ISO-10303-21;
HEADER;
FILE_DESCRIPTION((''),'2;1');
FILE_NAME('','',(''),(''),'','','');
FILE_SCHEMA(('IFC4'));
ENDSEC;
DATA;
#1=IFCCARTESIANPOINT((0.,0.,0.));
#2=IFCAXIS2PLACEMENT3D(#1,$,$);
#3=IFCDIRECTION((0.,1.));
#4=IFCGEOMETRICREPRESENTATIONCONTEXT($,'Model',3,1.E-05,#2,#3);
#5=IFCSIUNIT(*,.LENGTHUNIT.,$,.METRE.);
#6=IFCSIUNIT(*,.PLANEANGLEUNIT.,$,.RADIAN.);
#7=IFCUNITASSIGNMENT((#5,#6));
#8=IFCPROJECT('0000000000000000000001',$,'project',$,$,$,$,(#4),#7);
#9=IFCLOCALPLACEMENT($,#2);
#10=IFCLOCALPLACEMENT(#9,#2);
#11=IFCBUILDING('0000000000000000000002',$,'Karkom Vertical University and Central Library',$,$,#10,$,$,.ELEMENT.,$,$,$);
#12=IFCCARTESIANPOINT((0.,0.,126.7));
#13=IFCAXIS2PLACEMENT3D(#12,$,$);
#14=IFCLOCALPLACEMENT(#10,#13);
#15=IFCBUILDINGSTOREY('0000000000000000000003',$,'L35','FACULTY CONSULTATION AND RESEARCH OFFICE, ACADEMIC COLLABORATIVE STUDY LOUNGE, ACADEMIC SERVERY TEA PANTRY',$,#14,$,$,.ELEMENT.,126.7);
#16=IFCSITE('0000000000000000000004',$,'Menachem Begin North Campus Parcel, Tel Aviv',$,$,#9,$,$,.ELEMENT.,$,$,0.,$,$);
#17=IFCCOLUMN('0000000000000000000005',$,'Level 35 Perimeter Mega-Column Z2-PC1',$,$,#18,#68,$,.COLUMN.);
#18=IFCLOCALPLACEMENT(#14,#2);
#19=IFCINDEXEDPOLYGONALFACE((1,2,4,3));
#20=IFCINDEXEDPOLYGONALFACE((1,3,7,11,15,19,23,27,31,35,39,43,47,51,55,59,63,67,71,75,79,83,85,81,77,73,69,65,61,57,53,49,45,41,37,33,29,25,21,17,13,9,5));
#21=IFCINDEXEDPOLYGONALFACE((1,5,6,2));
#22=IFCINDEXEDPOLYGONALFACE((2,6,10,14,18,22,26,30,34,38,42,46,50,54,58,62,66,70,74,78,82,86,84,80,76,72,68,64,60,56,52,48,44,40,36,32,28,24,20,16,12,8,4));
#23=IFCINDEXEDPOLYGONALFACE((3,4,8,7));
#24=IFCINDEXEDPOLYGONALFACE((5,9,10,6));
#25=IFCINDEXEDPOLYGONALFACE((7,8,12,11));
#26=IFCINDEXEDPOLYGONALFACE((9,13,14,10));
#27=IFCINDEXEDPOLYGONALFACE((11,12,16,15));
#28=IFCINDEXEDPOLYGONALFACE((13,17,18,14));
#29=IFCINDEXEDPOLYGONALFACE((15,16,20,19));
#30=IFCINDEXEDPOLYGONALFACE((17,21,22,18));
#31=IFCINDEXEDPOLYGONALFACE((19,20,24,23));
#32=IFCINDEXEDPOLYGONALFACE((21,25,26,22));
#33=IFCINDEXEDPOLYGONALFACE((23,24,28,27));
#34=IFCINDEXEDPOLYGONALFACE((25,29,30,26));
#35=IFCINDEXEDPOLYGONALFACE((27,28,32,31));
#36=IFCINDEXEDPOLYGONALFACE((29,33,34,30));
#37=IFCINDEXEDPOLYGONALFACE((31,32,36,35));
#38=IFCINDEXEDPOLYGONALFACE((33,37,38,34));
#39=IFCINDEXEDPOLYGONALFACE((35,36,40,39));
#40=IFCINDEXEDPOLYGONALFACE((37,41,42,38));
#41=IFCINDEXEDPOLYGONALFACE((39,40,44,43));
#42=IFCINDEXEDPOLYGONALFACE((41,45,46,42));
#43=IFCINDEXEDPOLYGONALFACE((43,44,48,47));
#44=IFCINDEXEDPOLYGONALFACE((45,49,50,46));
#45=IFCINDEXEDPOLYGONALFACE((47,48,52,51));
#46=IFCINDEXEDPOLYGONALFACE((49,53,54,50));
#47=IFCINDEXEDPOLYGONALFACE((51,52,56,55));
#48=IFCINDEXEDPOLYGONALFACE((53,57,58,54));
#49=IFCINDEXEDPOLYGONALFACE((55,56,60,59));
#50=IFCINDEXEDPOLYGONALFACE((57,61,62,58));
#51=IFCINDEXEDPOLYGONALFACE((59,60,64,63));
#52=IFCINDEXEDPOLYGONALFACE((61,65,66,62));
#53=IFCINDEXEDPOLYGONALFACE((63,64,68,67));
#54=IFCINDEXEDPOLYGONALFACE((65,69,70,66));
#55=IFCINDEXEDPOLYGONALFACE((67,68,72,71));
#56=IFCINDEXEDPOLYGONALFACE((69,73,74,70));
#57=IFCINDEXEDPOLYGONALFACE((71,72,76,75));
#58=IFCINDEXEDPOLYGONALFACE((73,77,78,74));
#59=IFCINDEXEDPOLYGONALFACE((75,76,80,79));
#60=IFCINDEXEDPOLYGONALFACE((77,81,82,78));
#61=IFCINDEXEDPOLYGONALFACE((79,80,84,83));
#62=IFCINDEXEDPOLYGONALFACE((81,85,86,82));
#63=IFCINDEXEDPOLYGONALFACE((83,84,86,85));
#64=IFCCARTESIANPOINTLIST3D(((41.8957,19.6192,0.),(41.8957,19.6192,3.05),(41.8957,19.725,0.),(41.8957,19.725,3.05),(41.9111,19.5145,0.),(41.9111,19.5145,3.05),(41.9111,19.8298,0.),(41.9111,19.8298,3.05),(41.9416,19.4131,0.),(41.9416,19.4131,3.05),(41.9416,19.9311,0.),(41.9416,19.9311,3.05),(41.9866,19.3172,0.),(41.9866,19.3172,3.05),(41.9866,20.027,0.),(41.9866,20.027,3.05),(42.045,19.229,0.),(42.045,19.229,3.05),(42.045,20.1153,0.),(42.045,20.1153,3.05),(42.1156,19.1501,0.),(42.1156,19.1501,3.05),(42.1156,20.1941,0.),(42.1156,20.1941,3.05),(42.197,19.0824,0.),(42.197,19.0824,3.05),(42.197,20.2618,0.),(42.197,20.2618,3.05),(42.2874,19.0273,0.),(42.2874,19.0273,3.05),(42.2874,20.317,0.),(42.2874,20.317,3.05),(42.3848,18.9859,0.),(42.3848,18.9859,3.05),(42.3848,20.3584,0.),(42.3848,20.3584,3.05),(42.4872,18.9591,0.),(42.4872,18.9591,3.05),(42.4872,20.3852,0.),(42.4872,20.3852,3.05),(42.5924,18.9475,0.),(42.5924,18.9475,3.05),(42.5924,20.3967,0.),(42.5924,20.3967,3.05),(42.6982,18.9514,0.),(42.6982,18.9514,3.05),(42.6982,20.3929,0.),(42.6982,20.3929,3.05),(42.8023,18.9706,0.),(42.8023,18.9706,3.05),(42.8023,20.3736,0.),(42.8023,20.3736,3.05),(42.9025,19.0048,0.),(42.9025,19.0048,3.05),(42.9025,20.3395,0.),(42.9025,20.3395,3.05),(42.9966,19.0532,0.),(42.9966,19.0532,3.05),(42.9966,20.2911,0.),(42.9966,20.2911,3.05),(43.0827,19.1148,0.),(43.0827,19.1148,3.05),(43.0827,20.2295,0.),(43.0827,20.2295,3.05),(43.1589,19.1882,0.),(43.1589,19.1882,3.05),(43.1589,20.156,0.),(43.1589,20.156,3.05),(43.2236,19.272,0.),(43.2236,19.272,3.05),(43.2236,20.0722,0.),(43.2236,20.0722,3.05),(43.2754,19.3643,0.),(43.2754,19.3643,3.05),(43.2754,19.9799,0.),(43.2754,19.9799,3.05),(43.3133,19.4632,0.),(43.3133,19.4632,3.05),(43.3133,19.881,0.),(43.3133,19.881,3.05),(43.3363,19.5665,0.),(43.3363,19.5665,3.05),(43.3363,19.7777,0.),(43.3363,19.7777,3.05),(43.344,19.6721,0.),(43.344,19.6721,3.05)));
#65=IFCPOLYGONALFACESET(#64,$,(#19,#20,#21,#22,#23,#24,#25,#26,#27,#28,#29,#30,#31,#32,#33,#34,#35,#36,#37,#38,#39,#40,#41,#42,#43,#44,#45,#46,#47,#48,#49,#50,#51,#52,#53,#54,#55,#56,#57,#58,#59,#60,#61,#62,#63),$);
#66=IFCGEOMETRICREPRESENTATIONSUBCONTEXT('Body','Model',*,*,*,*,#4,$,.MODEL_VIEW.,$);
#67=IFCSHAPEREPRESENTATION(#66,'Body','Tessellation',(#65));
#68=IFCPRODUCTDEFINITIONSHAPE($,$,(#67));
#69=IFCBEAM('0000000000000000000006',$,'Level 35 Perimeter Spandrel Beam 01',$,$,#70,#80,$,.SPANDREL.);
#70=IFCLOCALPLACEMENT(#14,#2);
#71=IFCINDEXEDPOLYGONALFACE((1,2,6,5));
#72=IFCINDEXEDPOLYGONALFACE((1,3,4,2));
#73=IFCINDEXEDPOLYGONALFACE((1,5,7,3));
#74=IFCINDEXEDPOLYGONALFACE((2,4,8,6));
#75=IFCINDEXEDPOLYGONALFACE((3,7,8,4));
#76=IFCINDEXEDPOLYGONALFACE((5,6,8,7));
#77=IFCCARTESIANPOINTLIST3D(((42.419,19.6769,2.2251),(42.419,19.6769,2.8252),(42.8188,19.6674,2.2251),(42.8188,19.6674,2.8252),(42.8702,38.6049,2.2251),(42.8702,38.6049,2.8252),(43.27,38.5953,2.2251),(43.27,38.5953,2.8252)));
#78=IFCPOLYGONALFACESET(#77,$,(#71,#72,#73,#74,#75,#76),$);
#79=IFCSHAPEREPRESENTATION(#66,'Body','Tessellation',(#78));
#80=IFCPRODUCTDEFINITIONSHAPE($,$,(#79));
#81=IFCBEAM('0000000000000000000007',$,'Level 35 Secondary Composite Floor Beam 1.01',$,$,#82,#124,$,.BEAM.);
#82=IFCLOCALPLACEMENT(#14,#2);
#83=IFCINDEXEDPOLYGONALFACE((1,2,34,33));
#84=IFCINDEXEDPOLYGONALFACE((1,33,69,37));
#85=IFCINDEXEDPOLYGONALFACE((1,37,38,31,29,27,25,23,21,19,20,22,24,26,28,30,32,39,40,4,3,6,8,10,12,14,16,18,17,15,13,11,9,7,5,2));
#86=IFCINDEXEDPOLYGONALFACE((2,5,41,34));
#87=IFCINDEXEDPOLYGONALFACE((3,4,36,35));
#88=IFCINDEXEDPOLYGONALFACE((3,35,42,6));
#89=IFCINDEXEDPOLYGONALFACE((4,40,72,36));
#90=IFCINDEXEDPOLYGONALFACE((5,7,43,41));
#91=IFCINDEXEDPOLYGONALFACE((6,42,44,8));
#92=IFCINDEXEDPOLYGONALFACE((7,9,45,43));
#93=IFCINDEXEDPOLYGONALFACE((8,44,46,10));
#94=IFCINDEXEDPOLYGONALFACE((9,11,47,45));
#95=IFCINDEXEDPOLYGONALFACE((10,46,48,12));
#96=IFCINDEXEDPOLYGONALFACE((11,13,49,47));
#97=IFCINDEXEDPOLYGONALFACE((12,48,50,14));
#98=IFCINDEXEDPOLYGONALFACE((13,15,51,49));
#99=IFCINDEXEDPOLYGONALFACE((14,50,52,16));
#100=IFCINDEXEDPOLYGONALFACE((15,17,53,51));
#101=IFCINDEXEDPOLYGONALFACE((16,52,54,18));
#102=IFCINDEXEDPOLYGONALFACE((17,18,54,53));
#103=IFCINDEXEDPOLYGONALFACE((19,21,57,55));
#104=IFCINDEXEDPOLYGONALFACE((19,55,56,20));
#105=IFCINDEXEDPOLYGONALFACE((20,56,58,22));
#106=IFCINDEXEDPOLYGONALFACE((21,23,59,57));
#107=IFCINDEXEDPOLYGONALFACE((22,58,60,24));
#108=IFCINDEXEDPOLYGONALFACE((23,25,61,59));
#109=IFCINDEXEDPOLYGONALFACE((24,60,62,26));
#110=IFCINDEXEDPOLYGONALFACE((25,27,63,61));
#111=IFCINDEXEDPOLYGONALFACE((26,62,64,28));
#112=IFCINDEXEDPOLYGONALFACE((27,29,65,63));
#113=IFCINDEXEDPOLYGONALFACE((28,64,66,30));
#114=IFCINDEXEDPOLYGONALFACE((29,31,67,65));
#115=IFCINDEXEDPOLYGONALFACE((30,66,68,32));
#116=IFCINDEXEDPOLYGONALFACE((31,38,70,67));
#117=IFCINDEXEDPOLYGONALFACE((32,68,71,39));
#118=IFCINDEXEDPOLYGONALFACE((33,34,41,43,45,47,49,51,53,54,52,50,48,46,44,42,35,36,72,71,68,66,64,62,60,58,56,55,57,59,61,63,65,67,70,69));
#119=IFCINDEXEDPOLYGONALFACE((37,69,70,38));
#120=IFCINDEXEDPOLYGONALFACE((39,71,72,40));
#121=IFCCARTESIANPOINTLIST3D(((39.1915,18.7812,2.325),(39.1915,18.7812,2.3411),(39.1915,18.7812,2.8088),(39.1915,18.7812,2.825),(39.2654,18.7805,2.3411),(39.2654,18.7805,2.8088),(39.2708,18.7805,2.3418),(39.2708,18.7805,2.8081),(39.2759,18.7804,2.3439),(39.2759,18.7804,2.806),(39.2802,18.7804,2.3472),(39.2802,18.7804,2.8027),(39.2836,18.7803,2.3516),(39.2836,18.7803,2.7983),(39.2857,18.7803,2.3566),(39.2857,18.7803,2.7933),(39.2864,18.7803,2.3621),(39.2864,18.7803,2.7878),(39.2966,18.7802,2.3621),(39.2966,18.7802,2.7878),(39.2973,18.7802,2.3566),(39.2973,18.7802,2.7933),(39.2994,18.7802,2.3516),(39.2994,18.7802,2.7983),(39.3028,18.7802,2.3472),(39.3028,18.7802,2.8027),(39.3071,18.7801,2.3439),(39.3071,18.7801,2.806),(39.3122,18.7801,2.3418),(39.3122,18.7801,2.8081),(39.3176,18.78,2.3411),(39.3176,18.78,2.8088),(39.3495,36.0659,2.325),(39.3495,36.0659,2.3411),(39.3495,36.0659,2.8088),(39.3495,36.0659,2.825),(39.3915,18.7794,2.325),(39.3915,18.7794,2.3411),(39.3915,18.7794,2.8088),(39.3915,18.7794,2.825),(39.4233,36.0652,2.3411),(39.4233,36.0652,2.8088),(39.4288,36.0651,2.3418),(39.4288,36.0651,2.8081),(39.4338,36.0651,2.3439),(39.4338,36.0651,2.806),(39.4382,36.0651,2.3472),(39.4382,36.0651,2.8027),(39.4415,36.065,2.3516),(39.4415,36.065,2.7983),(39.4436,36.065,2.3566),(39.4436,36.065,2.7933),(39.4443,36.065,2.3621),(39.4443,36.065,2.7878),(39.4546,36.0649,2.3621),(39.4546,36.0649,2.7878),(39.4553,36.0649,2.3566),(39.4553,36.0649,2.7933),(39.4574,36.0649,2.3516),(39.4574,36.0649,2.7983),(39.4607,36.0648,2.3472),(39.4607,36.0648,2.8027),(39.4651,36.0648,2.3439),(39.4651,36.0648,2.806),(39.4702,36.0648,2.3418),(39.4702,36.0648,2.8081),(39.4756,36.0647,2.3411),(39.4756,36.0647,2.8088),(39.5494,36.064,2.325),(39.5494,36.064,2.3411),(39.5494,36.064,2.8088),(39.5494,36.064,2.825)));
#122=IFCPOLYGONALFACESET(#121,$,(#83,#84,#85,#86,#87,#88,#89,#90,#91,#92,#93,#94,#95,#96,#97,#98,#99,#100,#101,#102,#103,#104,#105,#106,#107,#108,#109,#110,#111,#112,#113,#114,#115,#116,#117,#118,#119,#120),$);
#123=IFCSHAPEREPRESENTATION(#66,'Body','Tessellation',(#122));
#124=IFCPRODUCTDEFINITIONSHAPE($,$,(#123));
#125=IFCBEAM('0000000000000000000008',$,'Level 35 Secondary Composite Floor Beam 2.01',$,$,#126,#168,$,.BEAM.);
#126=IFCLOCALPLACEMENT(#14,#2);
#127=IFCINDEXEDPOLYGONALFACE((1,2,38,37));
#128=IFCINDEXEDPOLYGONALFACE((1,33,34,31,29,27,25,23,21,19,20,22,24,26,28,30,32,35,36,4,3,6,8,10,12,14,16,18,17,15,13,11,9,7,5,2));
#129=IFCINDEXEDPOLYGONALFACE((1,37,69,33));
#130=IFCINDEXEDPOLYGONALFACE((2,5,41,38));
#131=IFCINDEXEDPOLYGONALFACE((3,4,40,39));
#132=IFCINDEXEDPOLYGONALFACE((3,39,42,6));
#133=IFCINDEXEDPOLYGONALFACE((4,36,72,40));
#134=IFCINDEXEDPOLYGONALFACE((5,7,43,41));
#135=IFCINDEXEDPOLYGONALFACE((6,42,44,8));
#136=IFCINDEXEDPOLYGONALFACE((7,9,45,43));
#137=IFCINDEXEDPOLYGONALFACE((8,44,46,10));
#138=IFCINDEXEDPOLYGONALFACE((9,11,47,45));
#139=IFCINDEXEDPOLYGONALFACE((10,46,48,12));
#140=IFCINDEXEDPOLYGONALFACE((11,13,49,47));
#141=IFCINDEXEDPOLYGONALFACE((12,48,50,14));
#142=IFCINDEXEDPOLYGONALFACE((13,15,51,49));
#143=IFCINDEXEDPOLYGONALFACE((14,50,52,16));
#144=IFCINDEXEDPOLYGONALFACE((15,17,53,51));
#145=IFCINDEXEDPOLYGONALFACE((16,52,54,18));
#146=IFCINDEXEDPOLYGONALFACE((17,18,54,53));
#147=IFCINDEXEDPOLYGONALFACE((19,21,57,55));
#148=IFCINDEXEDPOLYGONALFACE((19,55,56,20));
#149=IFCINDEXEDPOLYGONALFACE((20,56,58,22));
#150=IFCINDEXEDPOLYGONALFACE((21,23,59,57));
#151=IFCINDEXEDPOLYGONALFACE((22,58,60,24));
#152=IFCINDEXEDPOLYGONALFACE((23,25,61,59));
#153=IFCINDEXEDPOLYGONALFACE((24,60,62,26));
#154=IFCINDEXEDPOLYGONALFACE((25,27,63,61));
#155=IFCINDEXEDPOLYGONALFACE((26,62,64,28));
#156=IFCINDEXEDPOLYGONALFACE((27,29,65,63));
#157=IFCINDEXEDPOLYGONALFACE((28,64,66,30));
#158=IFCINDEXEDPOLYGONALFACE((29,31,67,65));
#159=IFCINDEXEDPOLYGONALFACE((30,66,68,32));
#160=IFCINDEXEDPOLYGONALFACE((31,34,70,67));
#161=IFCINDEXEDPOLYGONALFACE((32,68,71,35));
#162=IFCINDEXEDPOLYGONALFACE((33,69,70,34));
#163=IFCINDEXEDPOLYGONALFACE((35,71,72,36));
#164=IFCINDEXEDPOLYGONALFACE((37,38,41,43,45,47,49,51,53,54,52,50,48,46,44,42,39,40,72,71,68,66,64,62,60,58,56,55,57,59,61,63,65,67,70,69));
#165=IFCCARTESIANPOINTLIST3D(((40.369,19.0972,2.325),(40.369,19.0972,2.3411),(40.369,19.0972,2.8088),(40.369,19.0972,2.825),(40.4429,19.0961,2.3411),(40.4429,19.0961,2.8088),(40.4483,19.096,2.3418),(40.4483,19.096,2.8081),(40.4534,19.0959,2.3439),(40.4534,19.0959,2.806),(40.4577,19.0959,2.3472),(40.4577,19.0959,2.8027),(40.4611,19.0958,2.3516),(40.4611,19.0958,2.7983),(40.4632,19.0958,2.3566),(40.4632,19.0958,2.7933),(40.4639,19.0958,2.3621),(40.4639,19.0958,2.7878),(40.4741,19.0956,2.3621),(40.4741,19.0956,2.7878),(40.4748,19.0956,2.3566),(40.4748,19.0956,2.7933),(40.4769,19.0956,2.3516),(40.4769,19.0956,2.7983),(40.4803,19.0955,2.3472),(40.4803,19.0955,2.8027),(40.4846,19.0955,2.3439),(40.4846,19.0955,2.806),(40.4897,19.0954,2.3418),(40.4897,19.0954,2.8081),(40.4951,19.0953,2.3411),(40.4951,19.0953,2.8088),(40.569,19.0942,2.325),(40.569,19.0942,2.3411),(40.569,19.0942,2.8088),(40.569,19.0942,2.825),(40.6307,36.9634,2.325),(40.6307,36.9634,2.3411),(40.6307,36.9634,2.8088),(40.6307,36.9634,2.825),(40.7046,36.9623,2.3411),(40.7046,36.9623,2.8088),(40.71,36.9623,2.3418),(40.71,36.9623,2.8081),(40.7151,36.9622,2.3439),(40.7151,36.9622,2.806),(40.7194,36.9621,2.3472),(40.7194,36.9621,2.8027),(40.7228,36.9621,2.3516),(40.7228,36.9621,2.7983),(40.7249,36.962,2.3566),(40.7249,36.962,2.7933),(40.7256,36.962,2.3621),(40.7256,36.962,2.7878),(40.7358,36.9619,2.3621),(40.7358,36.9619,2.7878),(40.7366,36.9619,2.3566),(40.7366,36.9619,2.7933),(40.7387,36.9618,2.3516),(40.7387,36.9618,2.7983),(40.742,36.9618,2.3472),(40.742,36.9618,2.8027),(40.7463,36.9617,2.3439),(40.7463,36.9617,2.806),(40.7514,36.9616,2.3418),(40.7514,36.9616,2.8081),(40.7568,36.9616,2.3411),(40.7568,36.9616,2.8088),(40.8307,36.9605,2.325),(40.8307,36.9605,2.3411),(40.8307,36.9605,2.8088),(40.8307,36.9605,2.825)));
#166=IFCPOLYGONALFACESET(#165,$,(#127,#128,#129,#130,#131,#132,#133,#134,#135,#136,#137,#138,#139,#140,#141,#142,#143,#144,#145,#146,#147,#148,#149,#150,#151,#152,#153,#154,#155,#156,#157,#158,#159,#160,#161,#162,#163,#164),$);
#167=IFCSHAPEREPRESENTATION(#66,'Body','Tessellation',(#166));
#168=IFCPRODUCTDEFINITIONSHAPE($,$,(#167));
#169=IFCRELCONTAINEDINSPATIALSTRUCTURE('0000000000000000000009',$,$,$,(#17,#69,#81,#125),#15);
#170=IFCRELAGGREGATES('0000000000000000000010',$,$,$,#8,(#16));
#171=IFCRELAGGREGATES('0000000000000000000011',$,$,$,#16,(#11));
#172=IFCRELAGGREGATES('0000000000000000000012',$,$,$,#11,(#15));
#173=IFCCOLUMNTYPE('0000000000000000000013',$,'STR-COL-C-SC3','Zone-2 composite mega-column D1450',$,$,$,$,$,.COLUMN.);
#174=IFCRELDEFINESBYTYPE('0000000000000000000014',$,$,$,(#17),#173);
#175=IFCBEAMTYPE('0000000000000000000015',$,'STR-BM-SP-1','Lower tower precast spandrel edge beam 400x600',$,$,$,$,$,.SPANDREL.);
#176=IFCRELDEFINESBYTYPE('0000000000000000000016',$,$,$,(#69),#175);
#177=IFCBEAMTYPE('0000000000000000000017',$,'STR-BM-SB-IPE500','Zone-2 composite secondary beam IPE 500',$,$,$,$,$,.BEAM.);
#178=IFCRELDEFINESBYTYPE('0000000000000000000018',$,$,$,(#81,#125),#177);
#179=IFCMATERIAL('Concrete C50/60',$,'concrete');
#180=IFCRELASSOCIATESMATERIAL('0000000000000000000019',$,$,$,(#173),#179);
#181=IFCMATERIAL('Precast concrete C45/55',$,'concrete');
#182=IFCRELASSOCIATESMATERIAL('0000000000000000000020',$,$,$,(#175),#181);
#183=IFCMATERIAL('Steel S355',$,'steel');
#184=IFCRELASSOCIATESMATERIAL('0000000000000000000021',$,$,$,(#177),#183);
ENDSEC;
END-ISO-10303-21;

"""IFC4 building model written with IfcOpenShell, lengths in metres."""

from ifc_helpers import new_model, si_unit, direction, frame, origin, origin_with_axes, origin_2d, place, context, subcontext, project, spatial, rectangle, circle, i_section, extrude, source, transform, mapped, material, material_profile, profile_set, type_object, element, save


model = new_model("IFC4")

# Units and contexts
model_context = context("Model", 3, precision=1e-05, world=origin(), true_north=direction((0.0, 1.0)))
body_context = subcontext(model_context, "Body", "Model", "MODEL_VIEW")
ifc_project = project(units=[si_unit("LENGTHUNIT", "METRE"), si_unit("PLANEANGLEUNIT", "RADIAN")], contexts=[model_context])

# Site, building, storey
site_placement = place(None, origin())
site = spatial("IfcSite", under=ifc_project, at=site_placement, Name="Menachem Begin North Campus Parcel, Tel Aviv", CompositionType="ELEMENT", RefElevation=0.0)
building_placement = place(site_placement, origin())
building = spatial("IfcBuilding", under=site, at=building_placement, Name="Karkom Vertical University and Central Library", CompositionType="ELEMENT")
storey_placement = place(building_placement, frame((0.0, 0.0, 126.7)))
storey = spatial("IfcBuildingStorey", under=building, at=storey_placement, Name="L35", Description="FACULTY CONSULTATION AND RESEARCH OFFICE, ACADEMIC COLLABORATIVE STUDY LOUNGE, ACADEMIC SERVERY TEA PANTRY", CompositionType="ELEMENT", Elevation=126.7)

# Column
ifc_material_1 = material(Name="Concrete C50/60", Category="concrete")
ifc_material_profile_1 = material_profile(ifc_material_1, circle(Radius=0.7251, at=origin_2d()), Name="CFT-D1450")
ifc_profile_set_1 = profile_set([ifc_material_profile_1], Name="Concrete C50/60")
column_type = type_object("IfcColumnType", Name="STR-COL-C-SC3", Description="Zone-2 composite mega-column D1450", PredefinedType="COLUMN", material=ifc_profile_set_1)
shared_shape_1 = source(origin_with_axes(), body_context, "Body", "SweptSolid", [
    extrude(circle(Radius=0.7251, at=origin_2d()), origin(), (0.0, 0.0, 1.0), 3.05),
])
column_placement = place(storey_placement, frame((42.6189, 19.6721, 0.0), z_axis=(0.0, 0.0, 1.0), x_axis=(1.0, 0.0, 0.0)))
element("IfcColumn", 1, at=column_placement, inside=storey, type_object=column_type, Name="Level 35 Perimeter Mega-Column Z2-PC1", PredefinedType="COLUMN", context=body_context, shape_type="MappedRepresentation", body=[
    mapped(shared_shape_1, transform((0.0, 0.0, 0.0), scale=1.0)),
])

# Beams
ifc_material_2 = material(Name="Precast concrete C45/55", Category="concrete")
ifc_material_profile_2 = material_profile(ifc_material_2, rectangle(XDim=0.3999, YDim=0.6001, at=origin_2d()), Name="SPB-400x600")
ifc_profile_set_2 = profile_set([ifc_material_profile_2], Name="Precast concrete C45/55")
beam_type_1 = type_object("IfcBeamType", Name="STR-BM-SP-1", Description="Lower tower precast spandrel edge beam 400x600", PredefinedType="SPANDREL", material=ifc_profile_set_2)
shared_shape_2 = source(origin_with_axes(), body_context, "Body", "SweptSolid", [
    extrude(rectangle(XDim=0.3999, YDim=0.6001, at=origin_2d()), origin(), (0.0, 0.0, 1.0), 18.9333),
])
beam_1_placement = place(storey_placement, frame((42.6189, 19.6721, 2.5251), z_axis=(0.023829, 0.999716, 0.0), x_axis=(-0.999716, 0.023829, 0.0)))
element("IfcBeam", 2, at=beam_1_placement, inside=storey, type_object=beam_type_1, Name="Level 35 Perimeter Spandrel Beam 01", PredefinedType="SPANDREL", context=body_context, shape_type="MappedRepresentation", body=[
    mapped(shared_shape_2, transform((0.0, 0.0, 0.0), scale=1.0)),
])
ifc_material_3 = material(Name="Steel S355", Category="steel")
ifc_material_profile_3 = material_profile(ifc_material_3, i_section(OverallWidth=0.2, OverallDepth=0.5, WebThickness=0.0103, FlangeThickness=0.0161, FilletRadius=0.021, at=origin_2d()), Name="IPE 500")
ifc_profile_set_3 = profile_set([ifc_material_profile_3], Name="Steel S355")
beam_type_2 = type_object("IfcBeamType", Name="STR-BM-SB-IPE500", Description="Zone-2 composite secondary beam IPE 500", PredefinedType="BEAM", material=ifc_profile_set_3)
shared_shape_3 = source(origin_with_axes(), body_context, "Body", "SweptSolid", [
    extrude(i_section(OverallWidth=0.2, OverallDepth=0.5, WebThickness=0.0103, FlangeThickness=0.0161, FilletRadius=0.021, at=origin_2d()), origin(), (0.0, 0.0, 1.0), 17.2854),
])
beam_2_placement = place(storey_placement, frame((39.2915, 18.7803, 2.575), z_axis=(0.009138, 0.999958, 0.0), x_axis=(-0.999958, 0.009138, 0.0)))
element("IfcBeam", 3, at=beam_2_placement, inside=storey, type_object=beam_type_2, Name="Level 35 Secondary Composite Floor Beam 1.01", PredefinedType="BEAM", context=body_context, shape_type="MappedRepresentation", body=[
    mapped(shared_shape_3, transform((0.0, 0.0, 0.0), scale=1.0)),
])
shared_shape_4 = source(origin_with_axes(), body_context, "Body", "SweptSolid", [
    extrude(i_section(OverallWidth=0.2, OverallDepth=0.5, WebThickness=0.0103, FlangeThickness=0.0161, FilletRadius=0.021, at=origin_2d()), origin(), (0.0, 0.0, 1.0), 17.8682),
])
beam_3_placement = place(storey_placement, frame((40.469, 19.0957, 2.575), z_axis=(0.014647, 0.999893, 0.0), x_axis=(-0.999893, 0.014647, 0.0)))
element("IfcBeam", 4, at=beam_3_placement, inside=storey, type_object=beam_type_2, Name="Level 35 Secondary Composite Floor Beam 2.01", PredefinedType="BEAM", context=body_context, shape_type="MappedRepresentation", body=[
    mapped(shared_shape_4, transform((0.0, 0.0, 0.0), scale=1.0)),
])

save(model, "model.ifc")
